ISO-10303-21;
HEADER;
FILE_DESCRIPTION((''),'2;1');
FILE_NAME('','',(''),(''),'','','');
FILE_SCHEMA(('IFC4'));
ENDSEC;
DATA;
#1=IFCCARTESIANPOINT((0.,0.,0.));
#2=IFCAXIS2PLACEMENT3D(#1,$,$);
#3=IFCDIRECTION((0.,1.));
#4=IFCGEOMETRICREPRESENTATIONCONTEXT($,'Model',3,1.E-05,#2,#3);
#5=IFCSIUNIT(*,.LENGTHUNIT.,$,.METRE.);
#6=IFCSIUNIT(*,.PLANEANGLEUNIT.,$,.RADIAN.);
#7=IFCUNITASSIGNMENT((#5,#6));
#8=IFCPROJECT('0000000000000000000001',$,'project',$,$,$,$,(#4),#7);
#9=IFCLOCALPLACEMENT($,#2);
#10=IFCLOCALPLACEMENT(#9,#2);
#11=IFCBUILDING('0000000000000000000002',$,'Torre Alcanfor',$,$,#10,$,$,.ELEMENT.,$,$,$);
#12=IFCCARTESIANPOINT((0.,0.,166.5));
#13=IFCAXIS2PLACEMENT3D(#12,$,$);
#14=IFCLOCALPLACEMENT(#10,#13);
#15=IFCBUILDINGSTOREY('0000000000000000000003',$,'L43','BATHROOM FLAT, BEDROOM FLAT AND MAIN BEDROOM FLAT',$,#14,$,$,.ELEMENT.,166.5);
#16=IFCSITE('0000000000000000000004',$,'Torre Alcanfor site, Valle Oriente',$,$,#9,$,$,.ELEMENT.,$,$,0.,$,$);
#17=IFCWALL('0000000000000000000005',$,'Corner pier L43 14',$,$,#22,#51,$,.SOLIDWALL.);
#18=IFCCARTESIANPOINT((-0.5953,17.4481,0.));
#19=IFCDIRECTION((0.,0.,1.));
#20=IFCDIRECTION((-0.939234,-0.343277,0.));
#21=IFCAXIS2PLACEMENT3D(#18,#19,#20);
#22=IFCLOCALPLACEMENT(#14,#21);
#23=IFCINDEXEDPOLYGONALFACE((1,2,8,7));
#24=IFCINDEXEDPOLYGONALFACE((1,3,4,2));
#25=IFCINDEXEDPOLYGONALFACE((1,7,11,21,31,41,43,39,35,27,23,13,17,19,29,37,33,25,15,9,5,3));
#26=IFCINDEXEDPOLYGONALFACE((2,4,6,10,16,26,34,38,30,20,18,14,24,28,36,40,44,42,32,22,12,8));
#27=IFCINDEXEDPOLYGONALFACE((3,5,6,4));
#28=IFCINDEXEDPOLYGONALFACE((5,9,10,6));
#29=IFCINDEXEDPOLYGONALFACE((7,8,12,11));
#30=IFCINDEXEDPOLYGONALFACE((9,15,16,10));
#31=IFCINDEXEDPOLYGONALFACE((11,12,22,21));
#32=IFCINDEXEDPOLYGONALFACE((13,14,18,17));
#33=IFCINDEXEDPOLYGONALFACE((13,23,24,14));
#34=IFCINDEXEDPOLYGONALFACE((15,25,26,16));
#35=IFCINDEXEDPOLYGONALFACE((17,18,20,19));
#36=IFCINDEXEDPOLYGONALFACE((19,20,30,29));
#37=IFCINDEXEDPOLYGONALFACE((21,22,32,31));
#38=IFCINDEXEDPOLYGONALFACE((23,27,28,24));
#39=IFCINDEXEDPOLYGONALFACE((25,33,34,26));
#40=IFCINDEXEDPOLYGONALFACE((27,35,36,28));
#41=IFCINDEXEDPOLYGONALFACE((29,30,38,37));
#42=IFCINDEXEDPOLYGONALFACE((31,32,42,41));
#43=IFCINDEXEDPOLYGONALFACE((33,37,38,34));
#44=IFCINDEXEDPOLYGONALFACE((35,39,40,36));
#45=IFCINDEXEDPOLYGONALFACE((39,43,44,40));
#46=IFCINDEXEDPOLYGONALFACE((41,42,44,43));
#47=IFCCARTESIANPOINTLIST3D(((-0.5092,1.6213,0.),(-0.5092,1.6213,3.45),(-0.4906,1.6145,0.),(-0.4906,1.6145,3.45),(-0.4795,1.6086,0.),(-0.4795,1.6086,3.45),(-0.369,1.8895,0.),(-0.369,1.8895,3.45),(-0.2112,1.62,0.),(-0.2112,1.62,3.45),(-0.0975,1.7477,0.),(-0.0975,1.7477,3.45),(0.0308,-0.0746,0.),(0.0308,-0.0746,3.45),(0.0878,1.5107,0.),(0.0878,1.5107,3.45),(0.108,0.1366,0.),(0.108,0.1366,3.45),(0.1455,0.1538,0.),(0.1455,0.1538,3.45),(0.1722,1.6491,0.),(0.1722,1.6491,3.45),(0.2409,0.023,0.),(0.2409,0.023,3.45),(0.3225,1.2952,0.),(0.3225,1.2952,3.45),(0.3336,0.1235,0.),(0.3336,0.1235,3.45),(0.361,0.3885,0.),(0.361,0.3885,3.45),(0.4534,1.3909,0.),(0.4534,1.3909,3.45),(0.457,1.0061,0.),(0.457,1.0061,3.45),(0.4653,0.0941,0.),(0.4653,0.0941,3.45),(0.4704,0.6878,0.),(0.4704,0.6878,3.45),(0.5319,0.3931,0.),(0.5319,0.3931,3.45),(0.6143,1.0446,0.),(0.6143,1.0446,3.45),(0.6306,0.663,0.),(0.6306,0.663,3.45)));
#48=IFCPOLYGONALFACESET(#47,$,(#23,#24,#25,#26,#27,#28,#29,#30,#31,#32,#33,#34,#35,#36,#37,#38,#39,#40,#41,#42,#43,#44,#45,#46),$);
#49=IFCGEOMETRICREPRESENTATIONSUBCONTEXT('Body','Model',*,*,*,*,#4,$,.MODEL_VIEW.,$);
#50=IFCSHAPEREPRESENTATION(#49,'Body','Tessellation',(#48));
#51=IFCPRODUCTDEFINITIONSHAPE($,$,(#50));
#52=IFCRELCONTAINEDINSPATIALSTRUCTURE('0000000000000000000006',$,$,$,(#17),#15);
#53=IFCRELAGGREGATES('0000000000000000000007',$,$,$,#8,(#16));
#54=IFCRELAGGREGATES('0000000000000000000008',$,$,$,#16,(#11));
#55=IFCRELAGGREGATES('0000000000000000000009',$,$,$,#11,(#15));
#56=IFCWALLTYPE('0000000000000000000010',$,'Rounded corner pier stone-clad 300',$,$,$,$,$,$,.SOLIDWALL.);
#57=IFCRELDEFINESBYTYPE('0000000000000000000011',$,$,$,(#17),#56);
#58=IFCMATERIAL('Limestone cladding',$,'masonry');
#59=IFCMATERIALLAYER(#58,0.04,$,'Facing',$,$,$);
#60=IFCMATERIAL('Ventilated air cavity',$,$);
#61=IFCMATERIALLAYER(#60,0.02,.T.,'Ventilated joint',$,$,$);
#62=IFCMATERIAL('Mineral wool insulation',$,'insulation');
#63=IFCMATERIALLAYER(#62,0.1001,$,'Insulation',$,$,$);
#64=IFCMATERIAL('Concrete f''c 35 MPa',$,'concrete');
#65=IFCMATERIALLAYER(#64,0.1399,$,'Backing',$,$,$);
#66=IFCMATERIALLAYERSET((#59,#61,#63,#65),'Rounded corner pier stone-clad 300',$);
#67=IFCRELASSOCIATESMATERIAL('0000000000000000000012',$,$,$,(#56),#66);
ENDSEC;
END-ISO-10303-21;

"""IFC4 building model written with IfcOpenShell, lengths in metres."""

from ifc_helpers import new_model, si_unit, direction, frame, origin, place, context, subcontext, project, spatial, polyline, outline, extrude, material, layer, layer_set, type_object, element, save


model = new_model("IFC4")

# Units and contexts
model_context = context("Model", 3, precision=1e-05, world=origin(), true_north=direction((0.0, 1.0)))
body_context = subcontext(model_context, "Body", "Model", "MODEL_VIEW")
ifc_project = project(units=[si_unit("LENGTHUNIT", "METRE"), si_unit("PLANEANGLEUNIT", "RADIAN")], contexts=[model_context])

# Site, building, storey
site_placement = place(None, origin())
site = spatial("IfcSite", under=ifc_project, at=site_placement, Name="Torre Alcanfor site, Valle Oriente", CompositionType="ELEMENT", RefElevation=0.0)
building_placement = place(site_placement, origin())
building = spatial("IfcBuilding", under=site, at=building_placement, Name="Torre Alcanfor", CompositionType="ELEMENT")
storey_placement = place(building_placement, frame((0.0, 0.0, 166.5)))
storey = spatial("IfcBuildingStorey", under=building, at=storey_placement, Name="L43", Description="BATHROOM FLAT, BEDROOM FLAT AND MAIN BEDROOM FLAT", CompositionType="ELEMENT", Elevation=166.5)

# Shared definitions
ifc_material_1 = material(Name="Limestone cladding", Category="masonry")
ifc_material_2 = material(Name="Ventilated air cavity")
ifc_material_3 = material(Name="Mineral wool insulation", Category="insulation")
ifc_material_4 = material(Name="Concrete f'c 35 MPa", Category="concrete")

# Wall
ifc_layer_1 = layer(ifc_material_1, 0.04, Name="Facing")
ifc_layer_2 = layer(ifc_material_2, 0.02, ventilated=True, Name="Ventilated joint")
ifc_layer_3 = layer(ifc_material_3, 0.1001, Name="Insulation")
ifc_layer_4 = layer(ifc_material_4, 0.1399, Name="Backing")
ifc_layer_set_1 = layer_set([ifc_layer_1, ifc_layer_2, ifc_layer_3, ifc_layer_4], Name="Rounded corner pier stone-clad 300")
wall_type_1 = type_object("IfcWallType", Name="Rounded corner pier stone-clad 300", PredefinedType="SOLIDWALL", material=ifc_layer_set_1)
wall_1_placement = place(storey_placement, frame((-0.5953, 17.4481, 0.0), z_axis=(0.0, 0.0, 1.0), x_axis=(-0.939234, -0.343277, 0.0)))
element("IfcWall", 1, at=wall_1_placement, inside=storey, type_object=wall_type_1, Name="Corner pier L43 14", PredefinedType="SOLIDWALL", context=body_context, shape_type="SweptSolid", body=[
    extrude(outline(polyline([(-0.369, 1.8895), (-0.5092, 1.6213), (-0.4906, 1.6145), (-0.4795, 1.6086), (-0.2112, 1.62), (0.0878, 1.5107), (0.3225, 1.2952), (0.457, 1.0061), (0.4704, 0.6878), (0.361, 0.3885), (0.1455, 0.1538), (0.108, 0.1366), (0.0308, -0.0746), (0.2409, 0.023), (0.3336, 0.1235), (0.4653, 0.0941), (0.5319, 0.3931), (0.6306, 0.663), (0.6143, 1.0446), (0.4534, 1.3909), (0.1722, 1.6491), (-0.0975, 1.7477), (-0.369, 1.8895)])), origin(), (0.0, 0.0, 1.0), 3.45),
])

save(model, "model.ifc")
